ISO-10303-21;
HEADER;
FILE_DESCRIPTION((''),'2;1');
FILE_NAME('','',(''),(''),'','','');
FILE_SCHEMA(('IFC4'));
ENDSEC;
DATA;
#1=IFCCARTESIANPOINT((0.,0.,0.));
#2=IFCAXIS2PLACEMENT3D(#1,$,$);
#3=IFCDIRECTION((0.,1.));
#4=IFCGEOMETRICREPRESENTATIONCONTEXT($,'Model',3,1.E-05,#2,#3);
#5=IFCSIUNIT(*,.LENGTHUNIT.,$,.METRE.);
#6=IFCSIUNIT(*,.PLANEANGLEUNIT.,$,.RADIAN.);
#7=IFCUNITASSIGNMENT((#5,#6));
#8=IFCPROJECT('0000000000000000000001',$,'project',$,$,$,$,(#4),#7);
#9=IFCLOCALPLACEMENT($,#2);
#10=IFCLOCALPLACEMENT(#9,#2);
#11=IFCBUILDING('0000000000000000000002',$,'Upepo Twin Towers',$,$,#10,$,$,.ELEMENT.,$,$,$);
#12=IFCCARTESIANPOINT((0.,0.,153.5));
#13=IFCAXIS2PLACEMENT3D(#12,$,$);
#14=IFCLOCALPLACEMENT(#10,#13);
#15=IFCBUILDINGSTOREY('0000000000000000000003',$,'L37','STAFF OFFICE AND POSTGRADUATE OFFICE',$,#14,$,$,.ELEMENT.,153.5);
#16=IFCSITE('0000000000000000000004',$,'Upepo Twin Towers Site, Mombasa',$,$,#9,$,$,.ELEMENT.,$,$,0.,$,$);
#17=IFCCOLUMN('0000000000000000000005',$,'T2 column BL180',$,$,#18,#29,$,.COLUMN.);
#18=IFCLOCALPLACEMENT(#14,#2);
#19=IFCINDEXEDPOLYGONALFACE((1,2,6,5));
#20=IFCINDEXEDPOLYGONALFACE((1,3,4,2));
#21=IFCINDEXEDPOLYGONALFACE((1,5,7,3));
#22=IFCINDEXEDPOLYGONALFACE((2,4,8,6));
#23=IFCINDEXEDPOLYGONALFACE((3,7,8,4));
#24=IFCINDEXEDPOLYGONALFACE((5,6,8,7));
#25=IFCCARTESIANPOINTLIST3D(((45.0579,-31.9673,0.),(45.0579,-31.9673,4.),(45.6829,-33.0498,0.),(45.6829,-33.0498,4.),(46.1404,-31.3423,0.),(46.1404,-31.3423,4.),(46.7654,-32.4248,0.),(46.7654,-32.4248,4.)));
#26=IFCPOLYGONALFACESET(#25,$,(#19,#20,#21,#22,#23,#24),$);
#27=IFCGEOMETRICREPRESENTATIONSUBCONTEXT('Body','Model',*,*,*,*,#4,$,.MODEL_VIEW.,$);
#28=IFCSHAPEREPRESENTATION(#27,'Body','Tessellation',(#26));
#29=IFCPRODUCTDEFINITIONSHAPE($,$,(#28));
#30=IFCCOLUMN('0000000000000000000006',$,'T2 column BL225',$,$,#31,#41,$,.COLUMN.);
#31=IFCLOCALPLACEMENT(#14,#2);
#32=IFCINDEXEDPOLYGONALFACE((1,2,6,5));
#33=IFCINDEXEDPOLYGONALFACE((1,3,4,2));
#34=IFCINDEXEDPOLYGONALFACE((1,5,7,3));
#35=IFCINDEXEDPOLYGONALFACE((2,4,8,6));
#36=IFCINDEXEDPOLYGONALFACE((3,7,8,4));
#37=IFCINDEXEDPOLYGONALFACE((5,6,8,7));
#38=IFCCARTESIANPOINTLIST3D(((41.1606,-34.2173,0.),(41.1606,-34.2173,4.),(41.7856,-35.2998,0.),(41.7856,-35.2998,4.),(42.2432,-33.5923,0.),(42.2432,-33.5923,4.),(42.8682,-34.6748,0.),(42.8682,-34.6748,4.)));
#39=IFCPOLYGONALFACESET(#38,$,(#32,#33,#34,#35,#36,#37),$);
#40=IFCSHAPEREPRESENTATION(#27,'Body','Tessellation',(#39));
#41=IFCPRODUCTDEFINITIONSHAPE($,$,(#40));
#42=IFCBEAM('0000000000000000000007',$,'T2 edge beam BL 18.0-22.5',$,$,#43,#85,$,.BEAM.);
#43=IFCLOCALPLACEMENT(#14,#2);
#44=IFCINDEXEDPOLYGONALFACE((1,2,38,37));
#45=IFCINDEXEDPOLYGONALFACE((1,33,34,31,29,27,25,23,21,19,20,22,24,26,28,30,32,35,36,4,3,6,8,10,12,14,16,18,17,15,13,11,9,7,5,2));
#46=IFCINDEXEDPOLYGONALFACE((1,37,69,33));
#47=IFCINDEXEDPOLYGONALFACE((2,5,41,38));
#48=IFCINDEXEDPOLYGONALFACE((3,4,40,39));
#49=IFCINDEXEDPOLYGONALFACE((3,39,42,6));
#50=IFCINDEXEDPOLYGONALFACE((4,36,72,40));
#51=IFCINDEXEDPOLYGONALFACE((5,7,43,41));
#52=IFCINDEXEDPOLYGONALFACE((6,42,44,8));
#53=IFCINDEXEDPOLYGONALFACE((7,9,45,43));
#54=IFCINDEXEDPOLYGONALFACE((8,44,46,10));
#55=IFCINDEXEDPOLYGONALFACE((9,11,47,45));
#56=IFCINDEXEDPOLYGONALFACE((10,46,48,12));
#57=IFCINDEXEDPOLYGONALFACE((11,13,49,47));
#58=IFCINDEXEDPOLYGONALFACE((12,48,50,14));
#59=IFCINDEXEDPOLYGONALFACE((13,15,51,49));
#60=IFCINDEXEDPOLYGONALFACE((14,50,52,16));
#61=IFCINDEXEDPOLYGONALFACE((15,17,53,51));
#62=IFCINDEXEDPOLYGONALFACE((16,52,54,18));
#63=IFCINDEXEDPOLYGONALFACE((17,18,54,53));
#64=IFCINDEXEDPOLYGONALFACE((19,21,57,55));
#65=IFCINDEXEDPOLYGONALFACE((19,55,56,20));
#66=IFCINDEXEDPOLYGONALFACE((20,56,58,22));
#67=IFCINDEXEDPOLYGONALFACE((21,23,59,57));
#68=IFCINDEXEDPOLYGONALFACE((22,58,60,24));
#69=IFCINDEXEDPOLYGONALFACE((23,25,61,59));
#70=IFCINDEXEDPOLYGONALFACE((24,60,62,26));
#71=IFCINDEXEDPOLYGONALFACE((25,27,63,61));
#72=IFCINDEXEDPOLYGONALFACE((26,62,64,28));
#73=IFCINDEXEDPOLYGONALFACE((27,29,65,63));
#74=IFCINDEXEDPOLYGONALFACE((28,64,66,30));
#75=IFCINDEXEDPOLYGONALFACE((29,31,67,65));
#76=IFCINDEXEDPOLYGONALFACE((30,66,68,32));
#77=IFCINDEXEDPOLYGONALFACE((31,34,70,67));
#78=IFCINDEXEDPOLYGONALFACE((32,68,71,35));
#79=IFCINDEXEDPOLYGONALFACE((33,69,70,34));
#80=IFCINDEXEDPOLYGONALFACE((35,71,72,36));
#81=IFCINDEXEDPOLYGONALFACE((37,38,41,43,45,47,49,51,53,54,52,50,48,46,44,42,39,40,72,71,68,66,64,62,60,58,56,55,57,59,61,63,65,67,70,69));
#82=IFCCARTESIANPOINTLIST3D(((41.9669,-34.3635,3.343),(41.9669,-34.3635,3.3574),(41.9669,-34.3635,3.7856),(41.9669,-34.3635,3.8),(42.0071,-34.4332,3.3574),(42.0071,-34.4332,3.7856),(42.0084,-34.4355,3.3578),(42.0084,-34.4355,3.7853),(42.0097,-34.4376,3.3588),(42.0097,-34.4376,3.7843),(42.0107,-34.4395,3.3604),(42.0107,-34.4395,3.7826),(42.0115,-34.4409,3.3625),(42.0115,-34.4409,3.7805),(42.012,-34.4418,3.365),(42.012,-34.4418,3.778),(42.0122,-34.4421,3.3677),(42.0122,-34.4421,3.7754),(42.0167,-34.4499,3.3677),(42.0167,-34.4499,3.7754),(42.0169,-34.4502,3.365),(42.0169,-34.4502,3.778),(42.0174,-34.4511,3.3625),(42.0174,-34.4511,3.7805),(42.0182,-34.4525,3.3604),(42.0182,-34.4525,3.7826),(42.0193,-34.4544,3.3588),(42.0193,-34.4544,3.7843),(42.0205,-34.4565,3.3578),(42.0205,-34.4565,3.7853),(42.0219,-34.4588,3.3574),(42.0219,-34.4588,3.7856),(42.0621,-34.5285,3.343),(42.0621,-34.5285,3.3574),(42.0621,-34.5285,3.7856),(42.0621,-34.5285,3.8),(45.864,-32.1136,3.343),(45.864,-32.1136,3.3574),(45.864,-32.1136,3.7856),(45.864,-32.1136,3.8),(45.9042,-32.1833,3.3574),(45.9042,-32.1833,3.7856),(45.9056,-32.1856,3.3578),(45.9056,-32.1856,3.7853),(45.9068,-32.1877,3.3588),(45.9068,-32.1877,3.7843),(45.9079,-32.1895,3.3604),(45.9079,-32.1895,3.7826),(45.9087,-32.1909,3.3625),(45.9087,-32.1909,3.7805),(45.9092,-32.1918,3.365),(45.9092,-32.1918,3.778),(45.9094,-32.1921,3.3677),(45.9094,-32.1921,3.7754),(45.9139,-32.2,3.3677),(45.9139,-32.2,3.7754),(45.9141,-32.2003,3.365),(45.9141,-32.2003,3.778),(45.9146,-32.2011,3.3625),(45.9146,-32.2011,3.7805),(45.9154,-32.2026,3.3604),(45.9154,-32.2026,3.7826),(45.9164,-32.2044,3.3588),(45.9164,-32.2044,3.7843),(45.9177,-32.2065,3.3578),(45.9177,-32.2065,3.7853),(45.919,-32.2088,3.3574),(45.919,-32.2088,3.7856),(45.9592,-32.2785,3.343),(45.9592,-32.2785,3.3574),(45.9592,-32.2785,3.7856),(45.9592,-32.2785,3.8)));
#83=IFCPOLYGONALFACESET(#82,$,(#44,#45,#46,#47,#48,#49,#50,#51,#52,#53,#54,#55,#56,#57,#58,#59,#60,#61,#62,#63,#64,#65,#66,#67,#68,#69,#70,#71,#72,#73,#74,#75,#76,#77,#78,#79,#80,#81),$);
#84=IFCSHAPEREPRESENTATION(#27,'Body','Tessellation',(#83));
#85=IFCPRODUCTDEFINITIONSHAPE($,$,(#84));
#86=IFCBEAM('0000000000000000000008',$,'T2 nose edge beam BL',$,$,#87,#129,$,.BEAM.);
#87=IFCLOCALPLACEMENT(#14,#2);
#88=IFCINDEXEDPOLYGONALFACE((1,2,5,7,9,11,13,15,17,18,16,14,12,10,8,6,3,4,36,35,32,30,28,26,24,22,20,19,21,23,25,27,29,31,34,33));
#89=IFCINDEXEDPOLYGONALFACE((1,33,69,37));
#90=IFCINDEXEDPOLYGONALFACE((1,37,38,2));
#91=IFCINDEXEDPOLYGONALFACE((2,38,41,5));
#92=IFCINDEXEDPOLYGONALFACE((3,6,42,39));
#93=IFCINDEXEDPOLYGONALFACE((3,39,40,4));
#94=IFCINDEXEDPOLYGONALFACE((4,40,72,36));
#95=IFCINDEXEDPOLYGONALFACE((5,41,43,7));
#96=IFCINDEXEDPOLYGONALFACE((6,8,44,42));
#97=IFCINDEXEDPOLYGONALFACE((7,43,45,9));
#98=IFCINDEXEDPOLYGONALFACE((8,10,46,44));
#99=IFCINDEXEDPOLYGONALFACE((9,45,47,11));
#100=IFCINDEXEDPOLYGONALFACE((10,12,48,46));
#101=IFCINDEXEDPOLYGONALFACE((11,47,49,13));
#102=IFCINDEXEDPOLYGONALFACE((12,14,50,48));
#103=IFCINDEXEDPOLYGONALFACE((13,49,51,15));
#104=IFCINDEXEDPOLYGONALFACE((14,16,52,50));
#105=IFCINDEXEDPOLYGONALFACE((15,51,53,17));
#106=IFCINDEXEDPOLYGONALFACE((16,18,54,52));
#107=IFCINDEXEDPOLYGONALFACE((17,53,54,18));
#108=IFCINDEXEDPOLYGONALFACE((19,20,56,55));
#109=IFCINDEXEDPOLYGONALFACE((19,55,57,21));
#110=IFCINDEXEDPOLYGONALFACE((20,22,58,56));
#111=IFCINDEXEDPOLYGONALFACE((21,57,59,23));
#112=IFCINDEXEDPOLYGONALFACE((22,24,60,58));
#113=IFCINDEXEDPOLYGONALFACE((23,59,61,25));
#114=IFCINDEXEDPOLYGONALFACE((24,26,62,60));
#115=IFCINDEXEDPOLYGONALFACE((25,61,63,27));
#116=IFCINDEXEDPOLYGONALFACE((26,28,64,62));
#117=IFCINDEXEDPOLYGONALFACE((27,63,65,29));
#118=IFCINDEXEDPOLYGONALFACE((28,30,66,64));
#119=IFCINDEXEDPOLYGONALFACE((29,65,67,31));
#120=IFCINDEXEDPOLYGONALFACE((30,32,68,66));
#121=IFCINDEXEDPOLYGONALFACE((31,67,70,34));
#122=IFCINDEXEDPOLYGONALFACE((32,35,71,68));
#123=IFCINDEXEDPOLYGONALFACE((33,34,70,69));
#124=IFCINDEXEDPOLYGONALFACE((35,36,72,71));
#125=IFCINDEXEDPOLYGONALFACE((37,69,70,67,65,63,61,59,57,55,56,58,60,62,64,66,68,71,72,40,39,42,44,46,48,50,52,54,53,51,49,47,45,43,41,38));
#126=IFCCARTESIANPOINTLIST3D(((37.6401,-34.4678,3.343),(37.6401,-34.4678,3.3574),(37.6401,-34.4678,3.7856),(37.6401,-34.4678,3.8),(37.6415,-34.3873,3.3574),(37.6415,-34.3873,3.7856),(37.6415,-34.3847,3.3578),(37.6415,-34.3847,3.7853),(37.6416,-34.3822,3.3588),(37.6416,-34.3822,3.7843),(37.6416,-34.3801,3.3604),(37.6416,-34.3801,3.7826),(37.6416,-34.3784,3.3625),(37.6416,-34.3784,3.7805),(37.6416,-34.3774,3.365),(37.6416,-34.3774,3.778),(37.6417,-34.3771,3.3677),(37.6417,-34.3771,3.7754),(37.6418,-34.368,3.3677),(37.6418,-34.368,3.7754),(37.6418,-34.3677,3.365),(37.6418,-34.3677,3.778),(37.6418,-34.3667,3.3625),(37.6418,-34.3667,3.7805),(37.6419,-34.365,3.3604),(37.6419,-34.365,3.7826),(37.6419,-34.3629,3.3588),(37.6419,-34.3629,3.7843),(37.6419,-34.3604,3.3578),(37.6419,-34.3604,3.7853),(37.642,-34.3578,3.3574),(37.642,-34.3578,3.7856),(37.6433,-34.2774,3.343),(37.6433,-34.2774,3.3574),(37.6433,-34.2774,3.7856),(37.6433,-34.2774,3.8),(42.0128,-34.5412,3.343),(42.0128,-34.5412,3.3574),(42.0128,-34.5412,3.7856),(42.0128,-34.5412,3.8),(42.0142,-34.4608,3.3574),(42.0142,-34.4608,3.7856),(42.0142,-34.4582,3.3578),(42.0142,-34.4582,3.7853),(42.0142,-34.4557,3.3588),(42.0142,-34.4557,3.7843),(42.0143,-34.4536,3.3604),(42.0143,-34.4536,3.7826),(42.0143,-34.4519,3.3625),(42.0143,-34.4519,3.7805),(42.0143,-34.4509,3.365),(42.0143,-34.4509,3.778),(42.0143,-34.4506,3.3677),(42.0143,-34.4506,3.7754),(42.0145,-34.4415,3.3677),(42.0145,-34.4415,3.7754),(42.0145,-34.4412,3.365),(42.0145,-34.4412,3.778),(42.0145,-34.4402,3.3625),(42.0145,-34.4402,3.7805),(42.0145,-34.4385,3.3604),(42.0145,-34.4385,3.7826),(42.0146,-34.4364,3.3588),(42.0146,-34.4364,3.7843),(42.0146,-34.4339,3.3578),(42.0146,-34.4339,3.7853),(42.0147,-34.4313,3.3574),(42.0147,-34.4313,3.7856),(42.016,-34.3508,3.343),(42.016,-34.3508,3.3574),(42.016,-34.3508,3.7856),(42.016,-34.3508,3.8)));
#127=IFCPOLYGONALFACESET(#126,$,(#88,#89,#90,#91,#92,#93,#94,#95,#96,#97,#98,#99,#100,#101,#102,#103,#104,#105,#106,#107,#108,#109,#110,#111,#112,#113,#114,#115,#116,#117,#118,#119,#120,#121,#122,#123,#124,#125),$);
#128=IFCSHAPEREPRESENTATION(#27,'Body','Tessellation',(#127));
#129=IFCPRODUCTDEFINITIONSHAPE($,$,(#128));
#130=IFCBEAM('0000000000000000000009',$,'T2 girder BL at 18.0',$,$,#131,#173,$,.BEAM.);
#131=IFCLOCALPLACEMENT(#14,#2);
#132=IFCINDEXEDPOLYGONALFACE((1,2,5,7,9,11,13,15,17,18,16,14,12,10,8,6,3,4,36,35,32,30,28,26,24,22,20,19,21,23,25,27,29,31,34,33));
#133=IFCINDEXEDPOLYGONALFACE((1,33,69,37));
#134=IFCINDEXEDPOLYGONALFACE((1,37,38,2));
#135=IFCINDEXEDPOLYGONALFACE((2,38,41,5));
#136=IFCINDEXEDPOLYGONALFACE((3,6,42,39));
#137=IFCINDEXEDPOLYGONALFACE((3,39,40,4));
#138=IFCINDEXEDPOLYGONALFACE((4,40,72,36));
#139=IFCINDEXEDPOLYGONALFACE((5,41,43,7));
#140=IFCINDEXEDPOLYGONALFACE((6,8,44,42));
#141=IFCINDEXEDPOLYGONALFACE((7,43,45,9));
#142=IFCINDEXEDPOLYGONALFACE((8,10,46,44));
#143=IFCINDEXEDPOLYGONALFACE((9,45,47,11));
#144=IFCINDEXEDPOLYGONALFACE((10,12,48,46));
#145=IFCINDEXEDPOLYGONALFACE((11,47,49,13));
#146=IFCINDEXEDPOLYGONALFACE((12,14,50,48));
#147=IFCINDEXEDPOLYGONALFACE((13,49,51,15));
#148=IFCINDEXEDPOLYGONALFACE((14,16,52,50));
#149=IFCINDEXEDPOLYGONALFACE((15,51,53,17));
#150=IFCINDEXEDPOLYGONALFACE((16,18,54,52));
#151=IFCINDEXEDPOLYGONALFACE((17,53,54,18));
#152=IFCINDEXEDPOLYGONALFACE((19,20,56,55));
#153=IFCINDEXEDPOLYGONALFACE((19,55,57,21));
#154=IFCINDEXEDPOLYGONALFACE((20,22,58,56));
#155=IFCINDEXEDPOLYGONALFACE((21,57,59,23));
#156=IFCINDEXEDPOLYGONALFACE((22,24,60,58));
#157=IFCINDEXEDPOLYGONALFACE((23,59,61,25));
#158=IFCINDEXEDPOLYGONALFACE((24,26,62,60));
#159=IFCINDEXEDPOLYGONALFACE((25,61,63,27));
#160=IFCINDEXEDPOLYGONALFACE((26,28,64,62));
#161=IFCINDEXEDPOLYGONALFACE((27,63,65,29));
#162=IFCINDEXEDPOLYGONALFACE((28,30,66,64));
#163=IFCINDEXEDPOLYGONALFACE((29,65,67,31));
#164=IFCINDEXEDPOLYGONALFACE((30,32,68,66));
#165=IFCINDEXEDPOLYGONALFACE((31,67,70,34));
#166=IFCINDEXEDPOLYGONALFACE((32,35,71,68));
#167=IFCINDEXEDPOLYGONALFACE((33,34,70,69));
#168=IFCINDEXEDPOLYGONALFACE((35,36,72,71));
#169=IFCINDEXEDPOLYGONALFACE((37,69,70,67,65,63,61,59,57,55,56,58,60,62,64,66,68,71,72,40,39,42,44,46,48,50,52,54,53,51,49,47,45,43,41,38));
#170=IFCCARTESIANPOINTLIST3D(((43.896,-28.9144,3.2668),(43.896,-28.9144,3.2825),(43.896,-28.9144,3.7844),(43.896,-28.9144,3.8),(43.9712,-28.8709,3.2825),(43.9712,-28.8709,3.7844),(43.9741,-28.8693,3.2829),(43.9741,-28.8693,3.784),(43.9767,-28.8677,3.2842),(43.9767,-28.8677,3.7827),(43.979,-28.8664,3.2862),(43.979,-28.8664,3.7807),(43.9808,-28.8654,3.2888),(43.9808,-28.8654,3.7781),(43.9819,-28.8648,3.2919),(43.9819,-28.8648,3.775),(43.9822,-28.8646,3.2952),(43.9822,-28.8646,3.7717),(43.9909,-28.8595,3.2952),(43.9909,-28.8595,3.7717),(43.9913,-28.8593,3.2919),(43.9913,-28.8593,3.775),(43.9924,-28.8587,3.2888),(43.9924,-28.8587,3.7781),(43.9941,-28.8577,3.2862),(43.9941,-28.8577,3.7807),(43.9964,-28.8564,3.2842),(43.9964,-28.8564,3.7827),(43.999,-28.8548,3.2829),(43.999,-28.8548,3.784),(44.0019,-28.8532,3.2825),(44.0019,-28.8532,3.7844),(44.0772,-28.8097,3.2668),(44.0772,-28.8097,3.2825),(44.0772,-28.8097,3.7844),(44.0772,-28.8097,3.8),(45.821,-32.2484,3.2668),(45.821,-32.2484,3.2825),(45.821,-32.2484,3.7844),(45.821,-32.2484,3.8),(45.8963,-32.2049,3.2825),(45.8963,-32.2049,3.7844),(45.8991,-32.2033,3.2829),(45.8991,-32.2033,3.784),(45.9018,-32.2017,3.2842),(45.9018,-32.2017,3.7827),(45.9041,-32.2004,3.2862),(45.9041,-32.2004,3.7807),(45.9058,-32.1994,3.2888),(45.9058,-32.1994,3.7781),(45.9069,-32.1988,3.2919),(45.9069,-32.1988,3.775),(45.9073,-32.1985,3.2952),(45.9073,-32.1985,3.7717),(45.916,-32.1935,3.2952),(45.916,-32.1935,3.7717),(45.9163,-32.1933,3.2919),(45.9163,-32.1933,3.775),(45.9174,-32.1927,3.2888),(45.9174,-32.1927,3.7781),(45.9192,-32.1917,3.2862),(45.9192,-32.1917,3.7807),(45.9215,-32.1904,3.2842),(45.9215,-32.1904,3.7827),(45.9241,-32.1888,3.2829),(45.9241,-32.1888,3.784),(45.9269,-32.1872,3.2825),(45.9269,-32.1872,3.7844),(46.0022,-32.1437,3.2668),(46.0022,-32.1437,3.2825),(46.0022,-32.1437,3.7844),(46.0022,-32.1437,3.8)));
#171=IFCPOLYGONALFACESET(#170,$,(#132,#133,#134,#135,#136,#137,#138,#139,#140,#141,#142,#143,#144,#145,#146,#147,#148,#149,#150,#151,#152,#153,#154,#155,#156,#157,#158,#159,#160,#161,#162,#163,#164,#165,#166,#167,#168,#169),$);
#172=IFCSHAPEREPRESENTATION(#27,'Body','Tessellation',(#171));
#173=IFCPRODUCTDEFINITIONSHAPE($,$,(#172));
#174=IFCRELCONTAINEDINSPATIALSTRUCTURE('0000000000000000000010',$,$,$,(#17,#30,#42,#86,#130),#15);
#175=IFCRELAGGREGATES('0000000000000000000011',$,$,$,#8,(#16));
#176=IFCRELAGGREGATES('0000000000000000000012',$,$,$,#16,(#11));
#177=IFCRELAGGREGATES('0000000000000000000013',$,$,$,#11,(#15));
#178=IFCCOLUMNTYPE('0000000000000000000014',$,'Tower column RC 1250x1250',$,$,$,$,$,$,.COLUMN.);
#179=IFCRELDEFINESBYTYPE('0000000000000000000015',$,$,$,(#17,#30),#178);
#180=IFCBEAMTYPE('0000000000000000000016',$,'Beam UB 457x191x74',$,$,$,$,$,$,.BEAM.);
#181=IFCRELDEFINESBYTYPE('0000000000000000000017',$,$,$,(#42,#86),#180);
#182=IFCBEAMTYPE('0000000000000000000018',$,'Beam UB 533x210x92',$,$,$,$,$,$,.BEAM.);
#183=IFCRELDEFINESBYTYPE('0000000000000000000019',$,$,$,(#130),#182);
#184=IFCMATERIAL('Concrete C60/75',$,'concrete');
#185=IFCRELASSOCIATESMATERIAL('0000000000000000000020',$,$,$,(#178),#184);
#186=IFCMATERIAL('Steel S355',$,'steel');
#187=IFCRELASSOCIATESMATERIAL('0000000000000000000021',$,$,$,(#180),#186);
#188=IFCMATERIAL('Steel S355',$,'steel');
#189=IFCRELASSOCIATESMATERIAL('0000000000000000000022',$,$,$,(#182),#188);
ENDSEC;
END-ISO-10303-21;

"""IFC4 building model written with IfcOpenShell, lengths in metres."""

from ifc_helpers import new_model, si_unit, direction, frame, origin, origin_2d, place, context, subcontext, project, spatial, rectangle, i_section, extrude, material, material_profile, profile_set, type_object, element, save


model = new_model("IFC4")

# Units and contexts
model_context = context("Model", 3, precision=1e-05, world=origin(), true_north=direction((0.0, 1.0)))
body_context = subcontext(model_context, "Body", "Model", "MODEL_VIEW")
ifc_project = project(units=[si_unit("LENGTHUNIT", "METRE"), si_unit("PLANEANGLEUNIT", "RADIAN")], contexts=[model_context])

# Site, building, storey
site_placement = place(None, origin())
site = spatial("IfcSite", under=ifc_project, at=site_placement, Name="Upepo Twin Towers Site, Mombasa", CompositionType="ELEMENT", RefElevation=0.0)
building_placement = place(site_placement, origin())
building = spatial("IfcBuilding", under=site, at=building_placement, Name="Upepo Twin Towers", CompositionType="ELEMENT")
storey_placement = place(building_placement, frame((0.0, 0.0, 153.5)))
storey = spatial("IfcBuildingStorey", under=building, at=storey_placement, Name="L37", Description="STAFF OFFICE AND POSTGRADUATE OFFICE", CompositionType="ELEMENT", Elevation=153.5)

# Columns
ifc_material_1 = material(Name="Concrete C60/75", Category="concrete")
ifc_material_profile_1 = material_profile(ifc_material_1, rectangle(XDim=1.25, YDim=1.25, at=origin_2d()), Name="RC 1250x1250")
ifc_profile_set_1 = profile_set([ifc_material_profile_1], Name="Concrete C60/75")
column_type = type_object("IfcColumnType", Name="Tower column RC 1250x1250", PredefinedType="COLUMN", material=ifc_profile_set_1)
for number, where, z_axis, x_axis, name in (
    (1, (45.9116, -32.196, 0.0), (0.0, 0.0, 1.0), (0.866025, 0.5, 0.0), "T2 column BL180"),
    (2, (42.0144, -34.446, 0.0), (0.0, 0.0, 1.0), (0.866025, 0.5, 0.0), "T2 column BL225"),
):
    element("IfcColumn", number, at=place(storey_placement, frame(where, z_axis=z_axis, x_axis=x_axis)), inside=storey, type_object=column_type, Name=name, PredefinedType="COLUMN", context=body_context, shape_type="SweptSolid", body=[
        extrude(rectangle(XDim=1.25, YDim=1.25, at=origin_2d()), origin(), (0.0, 0.0, 1.0), 4.0),
    ])

# Beams
ifc_material_2 = material(Name="Steel S355", Category="steel")
ifc_material_profile_2 = material_profile(ifc_material_2, i_section(OverallWidth=0.1904, OverallDepth=0.457, WebThickness=0.009, FlangeThickness=0.0144, FilletRadius=0.0103, at=origin_2d()), Name="UB 457x191x74")
ifc_profile_set_2 = profile_set([ifc_material_profile_2], Name="Steel S355")
beam_type_1 = type_object("IfcBeamType", Name="Beam UB 457x191x74", PredefinedType="BEAM", material=ifc_profile_set_2)
beam_1_placement = place(storey_placement, frame((45.9116, -32.196, 3.5715), z_axis=(-0.866031, -0.49999, 0.0), x_axis=(0.49999, -0.866031, 0.0)))
element("IfcBeam", 3, at=beam_1_placement, inside=storey, type_object=beam_type_1, Name="T2 edge beam BL 18.0-22.5", PredefinedType="BEAM", context=body_context, shape_type="SweptSolid", body=[
    extrude(i_section(OverallWidth=0.1904, OverallDepth=0.457, WebThickness=0.009, FlangeThickness=0.0144, FilletRadius=0.0103, at=origin_2d()), origin(), (0.0, 0.0, 1.0), 4.5),
])
beam_2_placement = place(storey_placement, frame((42.0144, -34.446, 3.5715), z_axis=(-0.999859, 0.016804, 0.0), x_axis=(-0.016804, -0.999859, 0.0)))
element("IfcBeam", 4, at=beam_2_placement, inside=storey, type_object=beam_type_1, Name="T2 nose edge beam BL", PredefinedType="BEAM", context=body_context, shape_type="SweptSolid", body=[
    extrude(i_section(OverallWidth=0.1904, OverallDepth=0.457, WebThickness=0.009, FlangeThickness=0.0144, FilletRadius=0.0103, at=origin_2d()), origin(), (0.0, 0.0, 1.0), 4.3733),
])
ifc_material_3 = material(Name="Steel S355", Category="steel")
ifc_material_profile_3 = material_profile(ifc_material_3, i_section(OverallWidth=0.2092, OverallDepth=0.5332, WebThickness=0.01, FlangeThickness=0.0156, FilletRadius=0.0127, at=origin_2d()), Name="UB 533x210x92")
ifc_profile_set_3 = profile_set([ifc_material_profile_3], Name="Steel S355")
beam_type_2 = type_object("IfcBeamType", Name="Beam UB 533x210x92", PredefinedType="BEAM", material=ifc_profile_set_3)
for number, where, z_axis, x_axis, name in (
    (5, (45.9116, -32.196, 3.5334), (-0.500034, 0.866006, 0.0), (-0.866006, -0.500034, 0.0), "T2 girder BL at 18.0"),
):
    element("IfcBeam", number, at=place(storey_placement, frame(where, z_axis=z_axis, x_axis=x_axis)), inside=storey, type_object=beam_type_2, Name=name, PredefinedType="BEAM", context=body_context, shape_type="SweptSolid", body=[
        extrude(i_section(OverallWidth=0.2092, OverallDepth=0.5332, WebThickness=0.01, FlangeThickness=0.0156, FilletRadius=0.0127, at=origin_2d()), origin(), (0.0, 0.0, 1.0), 3.8499),
    ])

save(model, "model.ifc")
